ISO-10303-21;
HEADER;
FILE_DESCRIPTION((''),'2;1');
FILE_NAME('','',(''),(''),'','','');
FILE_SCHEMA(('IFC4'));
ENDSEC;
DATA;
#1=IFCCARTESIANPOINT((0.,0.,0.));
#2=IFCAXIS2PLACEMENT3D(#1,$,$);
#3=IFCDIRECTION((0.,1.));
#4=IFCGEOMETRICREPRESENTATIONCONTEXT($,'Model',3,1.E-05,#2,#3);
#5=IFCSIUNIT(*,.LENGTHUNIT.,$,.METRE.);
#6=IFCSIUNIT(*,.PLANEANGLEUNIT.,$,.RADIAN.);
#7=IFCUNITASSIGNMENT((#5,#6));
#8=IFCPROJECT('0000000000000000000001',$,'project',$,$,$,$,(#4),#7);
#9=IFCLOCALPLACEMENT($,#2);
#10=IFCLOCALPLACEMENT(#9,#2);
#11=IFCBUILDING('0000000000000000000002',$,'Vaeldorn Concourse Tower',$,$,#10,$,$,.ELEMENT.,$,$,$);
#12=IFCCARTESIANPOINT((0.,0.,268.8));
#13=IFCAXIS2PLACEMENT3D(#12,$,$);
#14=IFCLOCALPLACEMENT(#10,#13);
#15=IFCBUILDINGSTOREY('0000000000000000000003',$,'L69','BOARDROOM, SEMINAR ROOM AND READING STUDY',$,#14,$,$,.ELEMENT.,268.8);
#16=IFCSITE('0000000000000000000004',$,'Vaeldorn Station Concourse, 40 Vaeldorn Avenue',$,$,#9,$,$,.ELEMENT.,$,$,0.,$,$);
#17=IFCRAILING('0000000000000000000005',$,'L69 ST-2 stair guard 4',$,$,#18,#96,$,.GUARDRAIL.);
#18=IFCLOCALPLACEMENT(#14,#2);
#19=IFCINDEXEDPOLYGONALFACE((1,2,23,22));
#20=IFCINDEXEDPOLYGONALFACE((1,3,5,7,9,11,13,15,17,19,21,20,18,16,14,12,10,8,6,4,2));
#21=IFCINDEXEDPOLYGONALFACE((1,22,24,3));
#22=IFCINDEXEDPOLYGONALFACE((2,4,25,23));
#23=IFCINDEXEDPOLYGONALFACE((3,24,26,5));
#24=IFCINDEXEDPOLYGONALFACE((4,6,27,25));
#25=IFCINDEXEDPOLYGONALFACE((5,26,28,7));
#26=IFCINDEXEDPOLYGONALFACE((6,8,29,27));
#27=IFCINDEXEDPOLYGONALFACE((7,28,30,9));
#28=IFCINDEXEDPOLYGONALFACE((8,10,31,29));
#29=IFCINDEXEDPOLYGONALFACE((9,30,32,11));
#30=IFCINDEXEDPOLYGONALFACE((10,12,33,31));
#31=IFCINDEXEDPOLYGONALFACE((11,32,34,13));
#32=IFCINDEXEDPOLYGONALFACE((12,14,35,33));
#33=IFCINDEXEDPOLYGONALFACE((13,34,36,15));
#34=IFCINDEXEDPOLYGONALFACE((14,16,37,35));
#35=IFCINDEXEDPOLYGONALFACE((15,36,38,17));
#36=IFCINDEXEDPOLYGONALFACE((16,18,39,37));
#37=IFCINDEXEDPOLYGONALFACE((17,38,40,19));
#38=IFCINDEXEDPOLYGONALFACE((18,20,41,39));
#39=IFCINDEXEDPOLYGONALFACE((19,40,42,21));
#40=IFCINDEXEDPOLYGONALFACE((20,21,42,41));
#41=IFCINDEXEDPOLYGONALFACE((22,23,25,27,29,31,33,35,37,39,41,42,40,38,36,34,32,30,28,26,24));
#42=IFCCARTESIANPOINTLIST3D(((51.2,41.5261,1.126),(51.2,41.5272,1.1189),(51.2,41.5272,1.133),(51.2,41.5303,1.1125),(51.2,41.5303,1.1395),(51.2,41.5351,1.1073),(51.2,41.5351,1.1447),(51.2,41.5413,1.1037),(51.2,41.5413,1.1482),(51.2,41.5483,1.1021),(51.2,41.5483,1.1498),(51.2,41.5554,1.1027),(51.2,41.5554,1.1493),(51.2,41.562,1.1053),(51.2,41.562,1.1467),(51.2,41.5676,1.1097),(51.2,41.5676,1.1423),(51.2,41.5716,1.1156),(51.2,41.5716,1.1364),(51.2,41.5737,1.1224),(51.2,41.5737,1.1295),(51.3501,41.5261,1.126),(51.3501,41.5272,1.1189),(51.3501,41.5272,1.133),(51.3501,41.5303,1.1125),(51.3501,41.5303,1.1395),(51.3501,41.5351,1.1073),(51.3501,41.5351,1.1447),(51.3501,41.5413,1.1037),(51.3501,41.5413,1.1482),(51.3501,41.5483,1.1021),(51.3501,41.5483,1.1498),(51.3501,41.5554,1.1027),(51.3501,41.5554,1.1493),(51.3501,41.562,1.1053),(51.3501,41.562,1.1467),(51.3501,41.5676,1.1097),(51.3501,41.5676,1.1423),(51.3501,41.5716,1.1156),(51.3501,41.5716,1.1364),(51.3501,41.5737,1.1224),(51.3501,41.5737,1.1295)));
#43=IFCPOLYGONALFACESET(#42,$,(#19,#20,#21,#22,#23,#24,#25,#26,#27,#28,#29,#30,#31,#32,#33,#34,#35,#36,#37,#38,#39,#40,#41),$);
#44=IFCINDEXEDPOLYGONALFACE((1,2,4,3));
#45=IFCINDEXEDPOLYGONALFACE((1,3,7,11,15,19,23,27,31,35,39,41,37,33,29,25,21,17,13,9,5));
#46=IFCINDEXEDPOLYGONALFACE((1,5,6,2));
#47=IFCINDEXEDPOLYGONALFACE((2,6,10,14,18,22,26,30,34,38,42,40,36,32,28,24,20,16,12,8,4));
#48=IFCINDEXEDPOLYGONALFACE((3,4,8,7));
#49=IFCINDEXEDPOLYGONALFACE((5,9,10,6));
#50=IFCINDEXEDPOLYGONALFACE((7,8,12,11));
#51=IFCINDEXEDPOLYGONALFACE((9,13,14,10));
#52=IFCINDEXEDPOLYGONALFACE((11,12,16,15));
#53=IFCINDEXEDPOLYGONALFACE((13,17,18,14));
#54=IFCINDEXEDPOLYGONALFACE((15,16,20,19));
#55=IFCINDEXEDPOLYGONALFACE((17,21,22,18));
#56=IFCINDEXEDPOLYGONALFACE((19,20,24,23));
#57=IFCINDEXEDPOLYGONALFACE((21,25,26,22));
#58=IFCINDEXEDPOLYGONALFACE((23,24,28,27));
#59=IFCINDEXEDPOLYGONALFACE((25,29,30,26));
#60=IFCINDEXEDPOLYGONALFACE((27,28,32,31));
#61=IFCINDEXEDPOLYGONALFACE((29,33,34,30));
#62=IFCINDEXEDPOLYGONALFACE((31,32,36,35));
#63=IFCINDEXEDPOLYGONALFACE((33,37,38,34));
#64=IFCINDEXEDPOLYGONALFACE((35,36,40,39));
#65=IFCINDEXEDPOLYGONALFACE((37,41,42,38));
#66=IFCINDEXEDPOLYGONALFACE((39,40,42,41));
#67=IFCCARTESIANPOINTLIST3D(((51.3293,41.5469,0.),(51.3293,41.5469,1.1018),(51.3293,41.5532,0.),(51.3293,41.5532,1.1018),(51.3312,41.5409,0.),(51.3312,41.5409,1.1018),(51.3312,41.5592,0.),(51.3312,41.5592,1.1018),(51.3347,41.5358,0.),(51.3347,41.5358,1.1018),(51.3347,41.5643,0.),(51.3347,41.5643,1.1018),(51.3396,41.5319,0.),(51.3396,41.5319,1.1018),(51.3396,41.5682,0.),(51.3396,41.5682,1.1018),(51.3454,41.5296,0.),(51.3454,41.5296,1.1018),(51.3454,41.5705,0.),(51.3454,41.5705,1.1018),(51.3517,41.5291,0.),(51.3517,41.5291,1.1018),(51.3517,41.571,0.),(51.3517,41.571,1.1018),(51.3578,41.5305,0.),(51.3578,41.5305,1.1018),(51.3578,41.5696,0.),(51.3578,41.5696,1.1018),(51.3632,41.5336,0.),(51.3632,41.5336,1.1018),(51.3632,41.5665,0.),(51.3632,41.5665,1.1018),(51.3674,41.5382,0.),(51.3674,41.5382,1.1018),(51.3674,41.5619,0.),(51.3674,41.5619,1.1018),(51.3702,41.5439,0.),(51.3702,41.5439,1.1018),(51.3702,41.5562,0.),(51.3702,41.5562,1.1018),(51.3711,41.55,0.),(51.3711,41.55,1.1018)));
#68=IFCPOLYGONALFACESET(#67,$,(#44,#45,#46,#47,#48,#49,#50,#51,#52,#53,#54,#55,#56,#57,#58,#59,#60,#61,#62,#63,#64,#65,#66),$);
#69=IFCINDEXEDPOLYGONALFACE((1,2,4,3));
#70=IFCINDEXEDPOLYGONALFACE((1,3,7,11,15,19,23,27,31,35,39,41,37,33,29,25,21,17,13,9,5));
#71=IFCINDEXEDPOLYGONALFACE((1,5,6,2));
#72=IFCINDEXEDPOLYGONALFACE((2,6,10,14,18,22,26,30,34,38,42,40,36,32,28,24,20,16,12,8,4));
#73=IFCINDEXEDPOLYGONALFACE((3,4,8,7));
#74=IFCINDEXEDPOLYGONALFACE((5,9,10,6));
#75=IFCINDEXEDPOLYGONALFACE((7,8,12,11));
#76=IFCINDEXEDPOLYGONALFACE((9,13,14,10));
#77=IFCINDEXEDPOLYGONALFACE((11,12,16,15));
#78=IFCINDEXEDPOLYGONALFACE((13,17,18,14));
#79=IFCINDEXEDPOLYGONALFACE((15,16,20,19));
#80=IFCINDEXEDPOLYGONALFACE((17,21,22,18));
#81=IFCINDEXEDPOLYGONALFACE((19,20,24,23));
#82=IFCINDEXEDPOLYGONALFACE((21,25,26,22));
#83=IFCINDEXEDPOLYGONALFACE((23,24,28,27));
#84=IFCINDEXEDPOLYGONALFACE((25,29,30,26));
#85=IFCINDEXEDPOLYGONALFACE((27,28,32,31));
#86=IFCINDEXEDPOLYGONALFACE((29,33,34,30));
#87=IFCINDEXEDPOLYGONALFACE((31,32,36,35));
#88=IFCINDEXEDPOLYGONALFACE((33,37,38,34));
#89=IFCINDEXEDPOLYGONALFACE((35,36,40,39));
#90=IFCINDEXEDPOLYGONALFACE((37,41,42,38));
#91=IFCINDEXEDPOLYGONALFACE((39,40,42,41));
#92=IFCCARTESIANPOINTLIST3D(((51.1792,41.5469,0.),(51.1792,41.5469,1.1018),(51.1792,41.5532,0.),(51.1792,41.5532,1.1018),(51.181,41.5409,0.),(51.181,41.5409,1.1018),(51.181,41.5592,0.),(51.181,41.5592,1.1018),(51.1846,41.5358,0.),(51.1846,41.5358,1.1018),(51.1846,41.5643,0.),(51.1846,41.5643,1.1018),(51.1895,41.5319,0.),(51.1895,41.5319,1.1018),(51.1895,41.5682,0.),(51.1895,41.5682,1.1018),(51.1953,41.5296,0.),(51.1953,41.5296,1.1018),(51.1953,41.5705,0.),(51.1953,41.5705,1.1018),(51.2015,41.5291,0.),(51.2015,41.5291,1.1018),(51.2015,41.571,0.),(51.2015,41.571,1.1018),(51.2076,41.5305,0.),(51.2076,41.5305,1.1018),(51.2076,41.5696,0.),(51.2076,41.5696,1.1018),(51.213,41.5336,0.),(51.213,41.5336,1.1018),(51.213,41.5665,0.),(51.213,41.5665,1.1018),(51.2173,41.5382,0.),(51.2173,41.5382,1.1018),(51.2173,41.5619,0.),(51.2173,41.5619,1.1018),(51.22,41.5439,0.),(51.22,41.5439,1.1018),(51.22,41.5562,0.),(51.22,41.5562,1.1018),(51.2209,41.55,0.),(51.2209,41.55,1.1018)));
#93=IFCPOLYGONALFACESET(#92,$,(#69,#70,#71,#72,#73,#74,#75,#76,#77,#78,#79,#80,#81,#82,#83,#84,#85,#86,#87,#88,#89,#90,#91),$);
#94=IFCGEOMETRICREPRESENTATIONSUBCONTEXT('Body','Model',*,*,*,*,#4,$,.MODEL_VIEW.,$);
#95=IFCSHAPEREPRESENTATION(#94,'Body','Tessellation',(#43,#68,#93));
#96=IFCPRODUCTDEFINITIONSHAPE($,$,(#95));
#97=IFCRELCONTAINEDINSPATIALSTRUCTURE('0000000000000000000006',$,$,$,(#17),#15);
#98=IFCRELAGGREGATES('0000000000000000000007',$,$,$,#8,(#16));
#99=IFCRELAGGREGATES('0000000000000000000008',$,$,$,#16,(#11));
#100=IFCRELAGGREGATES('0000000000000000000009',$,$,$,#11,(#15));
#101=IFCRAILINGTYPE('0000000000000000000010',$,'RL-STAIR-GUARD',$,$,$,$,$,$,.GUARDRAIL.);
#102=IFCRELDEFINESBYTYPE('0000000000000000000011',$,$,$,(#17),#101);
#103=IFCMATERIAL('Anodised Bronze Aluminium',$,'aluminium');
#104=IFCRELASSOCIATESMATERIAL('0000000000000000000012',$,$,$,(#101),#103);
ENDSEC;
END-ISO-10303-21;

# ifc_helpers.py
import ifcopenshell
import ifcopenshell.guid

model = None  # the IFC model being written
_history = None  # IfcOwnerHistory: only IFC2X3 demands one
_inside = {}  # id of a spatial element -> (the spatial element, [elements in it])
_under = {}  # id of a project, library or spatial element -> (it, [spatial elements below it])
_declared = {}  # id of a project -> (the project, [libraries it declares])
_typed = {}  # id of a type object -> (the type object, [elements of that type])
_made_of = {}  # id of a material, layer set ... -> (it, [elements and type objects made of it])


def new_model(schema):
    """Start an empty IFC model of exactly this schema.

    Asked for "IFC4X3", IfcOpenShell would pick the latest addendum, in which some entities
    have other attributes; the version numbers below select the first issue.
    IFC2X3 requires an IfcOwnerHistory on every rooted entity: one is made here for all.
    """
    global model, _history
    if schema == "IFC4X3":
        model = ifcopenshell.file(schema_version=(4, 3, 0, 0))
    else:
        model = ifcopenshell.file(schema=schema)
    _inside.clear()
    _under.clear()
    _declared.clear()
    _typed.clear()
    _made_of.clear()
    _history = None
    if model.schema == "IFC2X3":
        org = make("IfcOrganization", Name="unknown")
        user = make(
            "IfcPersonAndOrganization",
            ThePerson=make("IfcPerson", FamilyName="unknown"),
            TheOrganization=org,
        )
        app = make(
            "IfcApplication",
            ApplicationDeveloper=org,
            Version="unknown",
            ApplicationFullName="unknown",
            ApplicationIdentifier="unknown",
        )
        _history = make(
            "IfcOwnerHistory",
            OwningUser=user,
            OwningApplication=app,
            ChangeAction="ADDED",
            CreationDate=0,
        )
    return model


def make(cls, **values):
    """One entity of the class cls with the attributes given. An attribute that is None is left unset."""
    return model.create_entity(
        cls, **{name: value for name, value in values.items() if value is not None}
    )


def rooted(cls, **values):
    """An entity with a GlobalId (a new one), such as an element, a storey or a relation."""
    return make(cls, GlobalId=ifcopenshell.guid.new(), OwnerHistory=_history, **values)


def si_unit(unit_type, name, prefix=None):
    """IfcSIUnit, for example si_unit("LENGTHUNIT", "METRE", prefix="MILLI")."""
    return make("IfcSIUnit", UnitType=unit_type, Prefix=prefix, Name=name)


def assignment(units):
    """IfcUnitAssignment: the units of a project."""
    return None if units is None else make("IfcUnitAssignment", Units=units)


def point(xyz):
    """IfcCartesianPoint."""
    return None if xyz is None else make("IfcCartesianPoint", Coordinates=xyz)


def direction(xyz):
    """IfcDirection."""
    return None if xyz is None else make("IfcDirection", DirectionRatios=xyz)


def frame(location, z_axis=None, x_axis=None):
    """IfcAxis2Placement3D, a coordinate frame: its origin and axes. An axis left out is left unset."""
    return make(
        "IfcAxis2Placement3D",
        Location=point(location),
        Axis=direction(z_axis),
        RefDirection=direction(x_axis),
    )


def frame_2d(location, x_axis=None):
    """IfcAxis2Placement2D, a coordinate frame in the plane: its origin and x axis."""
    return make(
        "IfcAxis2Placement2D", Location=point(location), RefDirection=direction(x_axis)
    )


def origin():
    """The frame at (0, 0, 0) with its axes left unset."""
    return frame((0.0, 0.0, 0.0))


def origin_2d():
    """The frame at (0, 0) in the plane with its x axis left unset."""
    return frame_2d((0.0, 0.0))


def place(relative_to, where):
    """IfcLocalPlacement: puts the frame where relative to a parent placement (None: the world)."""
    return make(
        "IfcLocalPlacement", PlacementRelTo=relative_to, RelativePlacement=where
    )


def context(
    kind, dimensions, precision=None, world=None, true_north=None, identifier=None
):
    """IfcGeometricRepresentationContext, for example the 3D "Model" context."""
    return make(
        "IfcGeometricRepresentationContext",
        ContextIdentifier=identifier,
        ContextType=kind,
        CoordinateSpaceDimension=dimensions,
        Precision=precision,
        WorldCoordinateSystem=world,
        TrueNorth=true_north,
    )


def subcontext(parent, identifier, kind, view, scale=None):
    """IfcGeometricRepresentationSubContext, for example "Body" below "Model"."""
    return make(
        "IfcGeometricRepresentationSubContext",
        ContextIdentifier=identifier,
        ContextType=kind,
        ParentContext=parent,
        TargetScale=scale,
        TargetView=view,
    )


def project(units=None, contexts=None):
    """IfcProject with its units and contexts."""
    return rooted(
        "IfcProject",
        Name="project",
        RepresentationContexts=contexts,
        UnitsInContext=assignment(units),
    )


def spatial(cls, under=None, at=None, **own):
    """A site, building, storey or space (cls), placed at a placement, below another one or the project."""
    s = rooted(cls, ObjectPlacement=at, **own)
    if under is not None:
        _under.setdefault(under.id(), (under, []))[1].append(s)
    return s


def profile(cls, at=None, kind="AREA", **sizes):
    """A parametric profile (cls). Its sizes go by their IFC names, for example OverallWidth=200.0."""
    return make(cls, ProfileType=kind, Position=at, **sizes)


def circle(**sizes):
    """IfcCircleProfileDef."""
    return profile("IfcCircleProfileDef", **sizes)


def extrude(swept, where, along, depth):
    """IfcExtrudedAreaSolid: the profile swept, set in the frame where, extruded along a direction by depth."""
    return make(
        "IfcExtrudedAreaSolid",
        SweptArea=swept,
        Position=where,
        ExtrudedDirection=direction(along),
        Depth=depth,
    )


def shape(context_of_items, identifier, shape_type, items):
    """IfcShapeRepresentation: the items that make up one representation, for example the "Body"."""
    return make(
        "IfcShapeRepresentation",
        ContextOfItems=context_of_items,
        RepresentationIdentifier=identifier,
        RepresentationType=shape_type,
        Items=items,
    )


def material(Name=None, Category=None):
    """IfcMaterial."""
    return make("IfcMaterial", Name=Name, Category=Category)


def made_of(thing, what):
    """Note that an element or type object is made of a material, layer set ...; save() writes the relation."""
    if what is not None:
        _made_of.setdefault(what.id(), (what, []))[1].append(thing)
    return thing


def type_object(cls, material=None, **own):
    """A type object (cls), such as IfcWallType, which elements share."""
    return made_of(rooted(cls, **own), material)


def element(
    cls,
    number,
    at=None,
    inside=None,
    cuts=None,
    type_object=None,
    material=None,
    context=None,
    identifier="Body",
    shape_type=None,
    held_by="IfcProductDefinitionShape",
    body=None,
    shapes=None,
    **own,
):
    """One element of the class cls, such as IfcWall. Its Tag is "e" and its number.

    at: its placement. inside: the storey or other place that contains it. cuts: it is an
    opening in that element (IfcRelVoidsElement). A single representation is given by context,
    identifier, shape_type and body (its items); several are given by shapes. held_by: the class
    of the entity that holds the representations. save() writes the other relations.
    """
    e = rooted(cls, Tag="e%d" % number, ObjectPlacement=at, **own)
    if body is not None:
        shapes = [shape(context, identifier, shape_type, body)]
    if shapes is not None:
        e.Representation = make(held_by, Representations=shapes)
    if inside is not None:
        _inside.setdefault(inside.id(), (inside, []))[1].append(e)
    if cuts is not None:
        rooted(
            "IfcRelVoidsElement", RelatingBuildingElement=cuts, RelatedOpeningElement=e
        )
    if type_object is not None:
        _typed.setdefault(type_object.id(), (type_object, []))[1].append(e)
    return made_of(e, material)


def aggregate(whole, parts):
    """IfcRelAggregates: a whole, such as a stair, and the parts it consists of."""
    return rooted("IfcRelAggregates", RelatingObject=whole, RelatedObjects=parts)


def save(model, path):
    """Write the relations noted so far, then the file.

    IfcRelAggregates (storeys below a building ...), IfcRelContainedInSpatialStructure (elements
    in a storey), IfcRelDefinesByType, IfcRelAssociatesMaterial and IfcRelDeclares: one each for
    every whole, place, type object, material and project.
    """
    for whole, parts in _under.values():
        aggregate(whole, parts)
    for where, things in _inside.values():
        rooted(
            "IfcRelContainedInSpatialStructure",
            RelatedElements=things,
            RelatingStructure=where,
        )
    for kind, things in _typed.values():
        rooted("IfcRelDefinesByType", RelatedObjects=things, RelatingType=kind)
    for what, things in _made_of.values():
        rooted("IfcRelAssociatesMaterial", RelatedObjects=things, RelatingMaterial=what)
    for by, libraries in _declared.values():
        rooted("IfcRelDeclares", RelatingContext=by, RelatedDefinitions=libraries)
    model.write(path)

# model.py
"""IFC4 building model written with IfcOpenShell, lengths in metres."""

from ifc_helpers import new_model, si_unit, direction, frame, origin, origin_2d, place, context, subcontext, project, spatial, circle, extrude, material, type_object, element, save


model = new_model("IFC4")

# Units and contexts
model_context = context("Model", 3, precision=1e-05, world=origin(), true_north=direction((0.0, 1.0)))
body_context = subcontext(model_context, "Body", "Model", "MODEL_VIEW")
ifc_project = project(units=[si_unit("LENGTHUNIT", "METRE"), si_unit("PLANEANGLEUNIT", "RADIAN")], contexts=[model_context])

# Site, building, storey
site_placement = place(None, origin())
site = spatial("IfcSite", under=ifc_project, at=site_placement, Name="Vaeldorn Station Concourse, 40 Vaeldorn Avenue", CompositionType="ELEMENT", RefElevation=0.0)
building_placement = place(site_placement, origin())
building = spatial("IfcBuilding", under=site, at=building_placement, Name="Vaeldorn Concourse Tower", CompositionType="ELEMENT")
storey_placement = place(building_placement, frame((0.0, 0.0, 268.8)))
storey = spatial("IfcBuildingStorey", under=building, at=storey_placement, Name="L69", Description="BOARDROOM, SEMINAR ROOM AND READING STUDY", CompositionType="ELEMENT", Elevation=268.8)

# Shared definitions
ifc_material_1 = material(Name="Anodised Bronze Aluminium", Category="aluminium")

# Railing
railing_type_1 = type_object("IfcRailingType", Name="RL-STAIR-GUARD", PredefinedType="GUARDRAIL", material=ifc_material_1)
railing_1_placement = place(storey_placement, frame((51.3501, 41.55, 0.0)))
element("IfcRailing", 1, at=railing_1_placement, inside=storey, type_object=railing_type_1, Name="L69 ST-2 stair guard 4", PredefinedType="GUARDRAIL", context=body_context, shape_type="SweptSolid", body=[
    extrude(circle(Radius=0.0239, at=origin_2d()), frame((0.0, 0.0, 1.126), z_axis=(-1.0, 0.0, 0.0), x_axis=(0.0, -1.0, 0.0)), (0.0, 0.0, 1.0), 0.1501),
    extrude(circle(Radius=0.021, at=origin_2d()), origin(), (0.0, 0.0, 1.0), 1.1018),
    extrude(circle(Radius=0.021, at=origin_2d()), frame((-0.1501, 0.0, 0.0)), (0.0, 0.0, 1.0), 1.1018),
])

save(model, "model.ifc")
